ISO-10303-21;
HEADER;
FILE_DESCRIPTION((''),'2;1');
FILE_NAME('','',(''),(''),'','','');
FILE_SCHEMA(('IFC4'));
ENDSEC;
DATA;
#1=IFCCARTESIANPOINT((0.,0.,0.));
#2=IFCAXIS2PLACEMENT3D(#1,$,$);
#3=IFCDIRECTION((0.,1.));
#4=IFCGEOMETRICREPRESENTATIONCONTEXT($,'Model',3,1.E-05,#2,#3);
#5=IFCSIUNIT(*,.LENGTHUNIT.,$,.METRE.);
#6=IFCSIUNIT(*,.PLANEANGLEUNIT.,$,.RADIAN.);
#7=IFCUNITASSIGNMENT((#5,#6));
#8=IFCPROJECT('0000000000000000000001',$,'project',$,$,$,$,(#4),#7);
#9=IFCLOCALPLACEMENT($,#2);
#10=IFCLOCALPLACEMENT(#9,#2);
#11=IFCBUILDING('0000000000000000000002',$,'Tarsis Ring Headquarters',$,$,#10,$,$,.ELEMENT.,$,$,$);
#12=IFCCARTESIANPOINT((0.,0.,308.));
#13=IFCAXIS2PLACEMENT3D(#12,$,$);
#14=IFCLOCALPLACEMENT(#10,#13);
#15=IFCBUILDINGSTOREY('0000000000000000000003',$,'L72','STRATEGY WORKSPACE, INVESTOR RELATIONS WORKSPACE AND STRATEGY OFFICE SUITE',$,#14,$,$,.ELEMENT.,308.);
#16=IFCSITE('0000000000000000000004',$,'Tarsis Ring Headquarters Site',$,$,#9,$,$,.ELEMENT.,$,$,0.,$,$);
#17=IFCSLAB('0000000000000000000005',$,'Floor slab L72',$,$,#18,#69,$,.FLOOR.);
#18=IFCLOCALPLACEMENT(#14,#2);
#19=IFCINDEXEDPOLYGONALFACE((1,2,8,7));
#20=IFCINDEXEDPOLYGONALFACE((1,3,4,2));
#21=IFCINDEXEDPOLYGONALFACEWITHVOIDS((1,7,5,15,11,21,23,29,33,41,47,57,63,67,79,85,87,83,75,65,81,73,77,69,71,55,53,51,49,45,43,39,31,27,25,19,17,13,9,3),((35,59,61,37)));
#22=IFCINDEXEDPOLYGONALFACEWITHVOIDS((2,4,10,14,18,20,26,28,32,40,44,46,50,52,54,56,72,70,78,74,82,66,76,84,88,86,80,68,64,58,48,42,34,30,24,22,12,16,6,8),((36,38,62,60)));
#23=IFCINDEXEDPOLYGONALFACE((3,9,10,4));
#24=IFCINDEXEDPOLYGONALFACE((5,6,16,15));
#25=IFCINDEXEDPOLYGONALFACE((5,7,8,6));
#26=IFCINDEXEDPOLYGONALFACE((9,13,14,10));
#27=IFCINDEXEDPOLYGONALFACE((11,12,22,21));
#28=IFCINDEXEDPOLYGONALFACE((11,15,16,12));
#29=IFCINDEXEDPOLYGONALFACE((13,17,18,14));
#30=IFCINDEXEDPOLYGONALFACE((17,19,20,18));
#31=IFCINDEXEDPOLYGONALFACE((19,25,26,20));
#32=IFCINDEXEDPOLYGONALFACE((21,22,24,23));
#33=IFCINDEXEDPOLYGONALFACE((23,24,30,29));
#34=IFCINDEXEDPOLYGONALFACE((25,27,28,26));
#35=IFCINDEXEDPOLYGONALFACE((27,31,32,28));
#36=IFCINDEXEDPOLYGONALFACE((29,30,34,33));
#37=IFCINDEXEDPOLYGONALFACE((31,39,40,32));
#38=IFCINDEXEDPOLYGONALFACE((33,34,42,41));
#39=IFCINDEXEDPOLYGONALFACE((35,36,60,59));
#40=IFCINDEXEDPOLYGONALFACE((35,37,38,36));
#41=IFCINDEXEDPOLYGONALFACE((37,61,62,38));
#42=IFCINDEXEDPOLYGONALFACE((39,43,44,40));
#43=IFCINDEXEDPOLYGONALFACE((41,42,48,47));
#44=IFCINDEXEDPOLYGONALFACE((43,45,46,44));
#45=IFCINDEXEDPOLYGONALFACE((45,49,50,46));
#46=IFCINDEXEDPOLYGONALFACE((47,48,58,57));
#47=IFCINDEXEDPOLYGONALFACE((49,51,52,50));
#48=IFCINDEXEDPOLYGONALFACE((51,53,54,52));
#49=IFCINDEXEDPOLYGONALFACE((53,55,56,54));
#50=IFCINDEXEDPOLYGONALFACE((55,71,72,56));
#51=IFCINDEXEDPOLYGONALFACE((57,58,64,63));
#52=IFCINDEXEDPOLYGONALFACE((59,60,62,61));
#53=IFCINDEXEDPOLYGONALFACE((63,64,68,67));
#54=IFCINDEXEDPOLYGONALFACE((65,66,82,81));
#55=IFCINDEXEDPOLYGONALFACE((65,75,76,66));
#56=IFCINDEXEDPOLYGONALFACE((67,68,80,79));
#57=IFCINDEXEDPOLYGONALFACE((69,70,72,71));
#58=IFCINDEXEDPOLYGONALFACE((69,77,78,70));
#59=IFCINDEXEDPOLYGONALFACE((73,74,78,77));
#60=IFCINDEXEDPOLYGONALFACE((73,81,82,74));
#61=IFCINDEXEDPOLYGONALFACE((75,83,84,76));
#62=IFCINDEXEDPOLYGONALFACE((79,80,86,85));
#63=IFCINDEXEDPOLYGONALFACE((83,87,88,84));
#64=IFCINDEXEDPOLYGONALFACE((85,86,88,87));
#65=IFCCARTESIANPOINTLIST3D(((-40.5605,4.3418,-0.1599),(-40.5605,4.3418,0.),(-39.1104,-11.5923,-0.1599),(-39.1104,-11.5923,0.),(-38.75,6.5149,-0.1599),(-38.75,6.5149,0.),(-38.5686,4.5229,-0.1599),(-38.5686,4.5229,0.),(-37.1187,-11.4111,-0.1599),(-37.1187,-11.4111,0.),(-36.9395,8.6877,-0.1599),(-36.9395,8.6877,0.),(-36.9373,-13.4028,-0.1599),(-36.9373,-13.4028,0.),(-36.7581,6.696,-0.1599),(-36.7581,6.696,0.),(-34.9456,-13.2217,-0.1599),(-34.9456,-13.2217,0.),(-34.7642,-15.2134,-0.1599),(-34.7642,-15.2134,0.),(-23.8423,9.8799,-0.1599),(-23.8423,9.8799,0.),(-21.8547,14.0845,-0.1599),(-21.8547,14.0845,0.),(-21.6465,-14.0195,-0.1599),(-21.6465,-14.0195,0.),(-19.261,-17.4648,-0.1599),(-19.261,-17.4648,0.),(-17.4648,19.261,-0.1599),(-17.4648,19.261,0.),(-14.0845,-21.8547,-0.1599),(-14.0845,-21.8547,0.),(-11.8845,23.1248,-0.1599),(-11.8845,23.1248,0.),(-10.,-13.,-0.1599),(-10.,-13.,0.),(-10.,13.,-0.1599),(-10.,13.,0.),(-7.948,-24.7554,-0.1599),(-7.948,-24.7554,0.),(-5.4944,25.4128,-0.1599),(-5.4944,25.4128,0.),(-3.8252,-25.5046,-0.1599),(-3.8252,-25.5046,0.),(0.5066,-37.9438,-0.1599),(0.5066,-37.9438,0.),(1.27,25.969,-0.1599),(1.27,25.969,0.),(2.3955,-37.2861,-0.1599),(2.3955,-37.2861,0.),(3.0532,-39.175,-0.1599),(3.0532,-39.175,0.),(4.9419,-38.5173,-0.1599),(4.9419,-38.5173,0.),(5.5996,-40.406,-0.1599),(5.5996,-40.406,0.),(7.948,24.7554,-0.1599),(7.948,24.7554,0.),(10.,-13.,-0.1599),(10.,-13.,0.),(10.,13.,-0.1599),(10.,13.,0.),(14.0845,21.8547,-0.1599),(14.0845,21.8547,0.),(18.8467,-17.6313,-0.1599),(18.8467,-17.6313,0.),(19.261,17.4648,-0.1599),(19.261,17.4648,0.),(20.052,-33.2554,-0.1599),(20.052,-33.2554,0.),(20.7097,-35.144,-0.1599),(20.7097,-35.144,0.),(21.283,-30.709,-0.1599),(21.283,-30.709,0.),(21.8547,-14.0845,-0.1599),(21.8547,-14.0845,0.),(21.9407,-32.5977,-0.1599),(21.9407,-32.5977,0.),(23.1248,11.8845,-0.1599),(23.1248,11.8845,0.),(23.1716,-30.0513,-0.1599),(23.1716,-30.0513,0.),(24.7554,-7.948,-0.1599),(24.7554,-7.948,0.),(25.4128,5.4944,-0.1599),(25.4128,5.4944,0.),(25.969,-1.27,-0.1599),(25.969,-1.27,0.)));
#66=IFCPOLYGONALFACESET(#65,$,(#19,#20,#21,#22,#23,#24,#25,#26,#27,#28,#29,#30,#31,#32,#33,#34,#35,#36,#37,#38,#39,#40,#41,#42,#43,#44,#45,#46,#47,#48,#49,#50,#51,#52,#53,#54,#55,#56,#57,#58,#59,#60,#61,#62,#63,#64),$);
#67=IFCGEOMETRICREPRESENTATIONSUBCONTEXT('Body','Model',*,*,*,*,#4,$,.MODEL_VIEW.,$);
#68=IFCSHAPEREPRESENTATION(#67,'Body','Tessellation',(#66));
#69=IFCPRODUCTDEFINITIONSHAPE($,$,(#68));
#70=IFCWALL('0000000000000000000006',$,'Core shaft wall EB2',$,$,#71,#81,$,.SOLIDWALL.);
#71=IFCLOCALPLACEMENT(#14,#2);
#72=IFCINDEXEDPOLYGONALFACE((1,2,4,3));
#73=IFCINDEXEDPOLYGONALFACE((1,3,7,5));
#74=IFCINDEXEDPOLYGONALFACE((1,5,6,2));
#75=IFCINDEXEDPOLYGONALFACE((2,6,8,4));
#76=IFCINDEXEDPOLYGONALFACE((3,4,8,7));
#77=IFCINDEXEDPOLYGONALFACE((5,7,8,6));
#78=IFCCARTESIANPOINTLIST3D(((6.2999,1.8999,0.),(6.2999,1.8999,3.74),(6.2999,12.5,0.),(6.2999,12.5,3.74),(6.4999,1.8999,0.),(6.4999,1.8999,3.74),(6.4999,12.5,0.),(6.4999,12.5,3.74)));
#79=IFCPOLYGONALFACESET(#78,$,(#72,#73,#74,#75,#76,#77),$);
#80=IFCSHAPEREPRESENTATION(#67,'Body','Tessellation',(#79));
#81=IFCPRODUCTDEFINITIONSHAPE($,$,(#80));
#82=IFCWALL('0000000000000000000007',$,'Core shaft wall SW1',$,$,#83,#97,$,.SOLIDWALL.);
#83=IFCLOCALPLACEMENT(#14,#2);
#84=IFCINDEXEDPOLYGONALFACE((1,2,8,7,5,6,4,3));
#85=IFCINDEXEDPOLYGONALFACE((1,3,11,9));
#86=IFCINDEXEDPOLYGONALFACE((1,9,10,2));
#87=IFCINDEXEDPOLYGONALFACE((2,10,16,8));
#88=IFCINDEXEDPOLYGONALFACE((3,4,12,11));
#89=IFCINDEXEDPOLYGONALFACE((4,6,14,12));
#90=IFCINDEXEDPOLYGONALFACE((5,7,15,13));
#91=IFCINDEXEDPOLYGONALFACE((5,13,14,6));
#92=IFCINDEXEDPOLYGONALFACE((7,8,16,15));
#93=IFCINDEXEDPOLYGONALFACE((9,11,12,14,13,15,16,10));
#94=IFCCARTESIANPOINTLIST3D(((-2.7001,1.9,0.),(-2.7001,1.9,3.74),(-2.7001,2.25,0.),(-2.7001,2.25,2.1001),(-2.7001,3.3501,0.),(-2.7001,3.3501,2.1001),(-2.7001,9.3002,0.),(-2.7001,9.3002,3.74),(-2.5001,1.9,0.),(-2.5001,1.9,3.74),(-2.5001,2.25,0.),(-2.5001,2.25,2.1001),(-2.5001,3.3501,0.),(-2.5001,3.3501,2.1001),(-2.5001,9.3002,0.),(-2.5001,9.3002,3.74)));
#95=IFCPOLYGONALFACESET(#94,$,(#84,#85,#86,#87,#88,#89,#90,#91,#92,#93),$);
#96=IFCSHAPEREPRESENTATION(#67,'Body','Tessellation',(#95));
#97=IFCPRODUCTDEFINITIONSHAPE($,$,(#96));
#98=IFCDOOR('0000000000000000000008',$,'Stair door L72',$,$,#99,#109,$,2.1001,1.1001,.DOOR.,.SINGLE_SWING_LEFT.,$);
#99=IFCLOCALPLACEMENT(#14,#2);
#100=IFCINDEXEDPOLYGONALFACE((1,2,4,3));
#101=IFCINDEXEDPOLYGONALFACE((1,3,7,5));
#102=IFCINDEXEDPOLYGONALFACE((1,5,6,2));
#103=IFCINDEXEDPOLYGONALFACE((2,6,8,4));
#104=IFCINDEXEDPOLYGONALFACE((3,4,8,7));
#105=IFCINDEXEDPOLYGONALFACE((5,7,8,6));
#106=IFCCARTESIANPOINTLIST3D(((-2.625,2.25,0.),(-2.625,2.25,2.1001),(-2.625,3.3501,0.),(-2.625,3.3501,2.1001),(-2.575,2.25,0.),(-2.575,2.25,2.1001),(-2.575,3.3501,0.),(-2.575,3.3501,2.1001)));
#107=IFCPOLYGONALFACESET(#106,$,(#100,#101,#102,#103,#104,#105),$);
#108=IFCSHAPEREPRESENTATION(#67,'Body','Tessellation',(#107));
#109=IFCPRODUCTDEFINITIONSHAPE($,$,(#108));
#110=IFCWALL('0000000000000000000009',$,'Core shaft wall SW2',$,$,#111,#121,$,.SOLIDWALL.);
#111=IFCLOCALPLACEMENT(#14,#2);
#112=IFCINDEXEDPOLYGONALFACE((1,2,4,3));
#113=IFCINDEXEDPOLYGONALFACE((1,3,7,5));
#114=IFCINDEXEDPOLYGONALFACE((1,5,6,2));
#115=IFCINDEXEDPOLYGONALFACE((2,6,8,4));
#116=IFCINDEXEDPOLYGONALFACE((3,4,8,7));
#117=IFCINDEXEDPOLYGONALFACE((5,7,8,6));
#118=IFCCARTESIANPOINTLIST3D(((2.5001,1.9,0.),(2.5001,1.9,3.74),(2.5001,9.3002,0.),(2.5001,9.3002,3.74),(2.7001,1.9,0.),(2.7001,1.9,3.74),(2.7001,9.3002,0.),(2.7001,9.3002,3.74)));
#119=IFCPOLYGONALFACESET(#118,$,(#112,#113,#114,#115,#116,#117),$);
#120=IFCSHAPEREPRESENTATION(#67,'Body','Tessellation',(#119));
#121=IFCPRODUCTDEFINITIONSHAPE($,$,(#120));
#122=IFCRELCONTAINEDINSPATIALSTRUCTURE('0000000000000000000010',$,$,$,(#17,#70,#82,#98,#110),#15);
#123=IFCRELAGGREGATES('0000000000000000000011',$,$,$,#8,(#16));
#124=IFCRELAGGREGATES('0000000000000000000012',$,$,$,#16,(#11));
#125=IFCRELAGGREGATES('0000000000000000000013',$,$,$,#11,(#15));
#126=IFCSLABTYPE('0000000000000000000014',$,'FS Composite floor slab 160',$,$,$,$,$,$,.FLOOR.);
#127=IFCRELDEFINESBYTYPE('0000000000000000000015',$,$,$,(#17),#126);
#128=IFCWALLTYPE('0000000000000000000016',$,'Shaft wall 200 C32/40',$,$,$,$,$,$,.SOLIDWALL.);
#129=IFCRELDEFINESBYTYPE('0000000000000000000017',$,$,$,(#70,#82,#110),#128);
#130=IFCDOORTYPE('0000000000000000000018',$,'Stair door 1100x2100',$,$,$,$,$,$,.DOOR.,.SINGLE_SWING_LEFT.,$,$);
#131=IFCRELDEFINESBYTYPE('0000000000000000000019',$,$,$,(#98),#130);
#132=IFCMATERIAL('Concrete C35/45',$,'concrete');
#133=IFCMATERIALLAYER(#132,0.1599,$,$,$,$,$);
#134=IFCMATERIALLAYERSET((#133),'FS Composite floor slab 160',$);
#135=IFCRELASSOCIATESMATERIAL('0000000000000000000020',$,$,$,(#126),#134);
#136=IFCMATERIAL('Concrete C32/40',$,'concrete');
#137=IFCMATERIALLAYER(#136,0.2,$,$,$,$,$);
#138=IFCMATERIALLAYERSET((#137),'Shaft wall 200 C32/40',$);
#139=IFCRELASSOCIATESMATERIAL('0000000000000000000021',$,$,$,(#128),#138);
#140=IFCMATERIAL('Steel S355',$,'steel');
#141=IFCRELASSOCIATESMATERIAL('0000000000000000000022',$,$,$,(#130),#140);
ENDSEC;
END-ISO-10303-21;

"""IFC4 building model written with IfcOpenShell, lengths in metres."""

from ifc_helpers import new_model, si_unit, direction, frame, frame_2d, origin, place, context, subcontext, project, spatial, polyline, rectangle, outline, extrude, material, layer, layer_set, type_object, element, fill, save


model = new_model("IFC4")

# Units and contexts
model_context = context("Model", 3, precision=1e-05, world=origin(), true_north=direction((0.0, 1.0)))
body_context = subcontext(model_context, "Body", "Model", "MODEL_VIEW")
ifc_project = project(units=[si_unit("LENGTHUNIT", "METRE"), si_unit("PLANEANGLEUNIT", "RADIAN")], contexts=[model_context])

# Site, building, storey
site_placement = place(None, origin())
site = spatial("IfcSite", under=ifc_project, at=site_placement, Name="Tarsis Ring Headquarters Site", CompositionType="ELEMENT", RefElevation=0.0)
building_placement = place(site_placement, origin())
building = spatial("IfcBuilding", under=site, at=building_placement, Name="Tarsis Ring Headquarters", CompositionType="ELEMENT")
storey_placement = place(building_placement, frame((0.0, 0.0, 308.0)))
storey = spatial("IfcBuildingStorey", under=building, at=storey_placement, Name="L72", Description="STRATEGY WORKSPACE, INVESTOR RELATIONS WORKSPACE AND STRATEGY OFFICE SUITE", CompositionType="ELEMENT", Elevation=308.0)

# Slab
ifc_material_1 = material(Name="Concrete C35/45", Category="concrete")
ifc_layer_1 = layer(ifc_material_1, 0.1599)
ifc_layer_set_1 = layer_set([ifc_layer_1], Name="FS Composite floor slab 160")
slab_type_1 = type_object("IfcSlabType", Name="FS Composite floor slab 160", PredefinedType="FLOOR", material=ifc_layer_set_1)
slab_1_placement = place(storey_placement, frame((0.0, 0.0, -0.1599)))
element("IfcSlab", 1, at=slab_1_placement, inside=storey, type_object=slab_type_1, Name="Floor slab L72", PredefinedType="FLOOR", context=body_context, shape_type="SweptSolid", body=[
    extrude(outline(polyline([(-21.6465, -14.0195), (-19.261, -17.4648), (-14.0845, -21.8547), (-7.948, -24.7554), (-3.8252, -25.5046), (0.5066, -37.9438), (2.3955, -37.2861), (3.0532, -39.175), (4.9419, -38.5173), (5.5996, -40.406), (20.7097, -35.144), (20.052, -33.2554), (21.9407, -32.5977), (21.283, -30.709), (23.1716, -30.0513), (18.8467, -17.6313), (21.8547, -14.0845), (24.7554, -7.948), (25.969, -1.27), (25.4128, 5.4944), (23.1248, 11.8845), (19.261, 17.4648), (14.0845, 21.8547), (7.948, 24.7554), (1.27, 25.969), (-5.4944, 25.4128), (-11.8845, 23.1248), (-17.4648, 19.261), (-21.8547, 14.0845), (-23.8423, 9.8799), (-36.9395, 8.6877), (-36.7581, 6.696), (-38.75, 6.5149), (-38.5686, 4.5229), (-40.5605, 4.3418), (-39.1104, -11.5923), (-37.1187, -11.4111), (-36.9373, -13.4028), (-34.9456, -13.2217), (-34.7642, -15.2134), (-21.6465, -14.0195)]), holes=[polyline([(-10.0, -13.0), (-10.0, 13.0), (10.0, 13.0), (10.0, -13.0), (-10.0, -13.0)])]), origin(), (0.0, 0.0, 1.0), 0.1599),
])

# Wall
ifc_material_2 = material(Name="Concrete C32/40", Category="concrete")
ifc_layer_2 = layer(ifc_material_2, 0.2)
ifc_layer_set_2 = layer_set([ifc_layer_2], Name="Shaft wall 200 C32/40")
wall_type = type_object("IfcWallType", Name="Shaft wall 200 C32/40", PredefinedType="SOLIDWALL", material=ifc_layer_set_2)
wall_1_placement = place(storey_placement, frame((6.3999, 1.8999, 0.0), z_axis=(0.0, 0.0, 1.0), x_axis=(0.0, 1.0, 0.0)))
element("IfcWall", 2, at=wall_1_placement, inside=storey, type_object=wall_type, Name="Core shaft wall EB2", PredefinedType="SOLIDWALL", context=body_context, shape_type="SweptSolid", body=[
    extrude(rectangle(XDim=10.6001, YDim=0.2, at=frame_2d((5.3, 0.0))), origin(), (0.0, 0.0, 1.0), 3.74),
])

# Wall, opening, door
wall_2_placement = place(storey_placement, frame((-2.6001, 1.8999, 0.0), z_axis=(0.0, 0.0, 1.0), x_axis=(0.0, 1.0, 0.0)))
wall_2 = element("IfcWall", 3, at=wall_2_placement, inside=storey, type_object=wall_type, Name="Core shaft wall SW1", PredefinedType="SOLIDWALL", context=body_context, shape_type="SweptSolid", body=[
    extrude(rectangle(XDim=7.4001, YDim=0.2, at=frame_2d((3.7002, 0.0))), origin(), (0.0, 0.0, 1.0), 3.74),
])
opening_placement = place(wall_2_placement, frame((0.3501, 0.0, 0.0)))
opening = element("IfcOpeningElement", 4, at=opening_placement, cuts=wall_2, PredefinedType="OPENING", context=body_context, shape_type="SweptSolid", body=[
    extrude(rectangle(XDim=1.1001, YDim=2.1001, at=frame_2d((0.55, 1.05))), frame((0.0, 0.1099, 0.0), z_axis=(0.0, -1.0, 0.0), x_axis=(1.0, 0.0, 0.0)), (0.0, 0.0, 1.0), 0.22),
])
ifc_material_3 = material(Name="Steel S355", Category="steel")
door_type = type_object("IfcDoorType", Name="Stair door 1100x2100", OperationType="SINGLE_SWING_LEFT", PredefinedType="DOOR", material=ifc_material_3)
door_placement = place(opening_placement, origin())
door = element("IfcDoor", 5, at=door_placement, inside=storey, type_object=door_type, Name="Stair door L72", OperationType="SINGLE_SWING_LEFT", OverallHeight=2.1001, OverallWidth=1.1001, PredefinedType="DOOR", context=body_context, shape_type="SweptSolid", body=[
    extrude(rectangle(XDim=1.1001, YDim=2.1001, at=frame_2d((0.55, 1.05))), frame((0.0, 0.0249, 0.0), z_axis=(0.0, -1.0, 0.0), x_axis=(1.0, 0.0, 0.0)), (0.0, 0.0, 1.0), 0.05),
])
fill(opening, door)

# Wall
wall_3_placement = place(storey_placement, frame((2.6001, 1.8999, 0.0), z_axis=(0.0, 0.0, 1.0), x_axis=(0.0, 1.0, 0.0)))
element("IfcWall", 6, at=wall_3_placement, inside=storey, type_object=wall_type, Name="Core shaft wall SW2", PredefinedType="SOLIDWALL", context=body_context, shape_type="SweptSolid", body=[
    extrude(rectangle(XDim=7.4001, YDim=0.2, at=frame_2d((3.7002, 0.0))), origin(), (0.0, 0.0, 1.0), 3.74),
])

save(model, "model.ifc")
